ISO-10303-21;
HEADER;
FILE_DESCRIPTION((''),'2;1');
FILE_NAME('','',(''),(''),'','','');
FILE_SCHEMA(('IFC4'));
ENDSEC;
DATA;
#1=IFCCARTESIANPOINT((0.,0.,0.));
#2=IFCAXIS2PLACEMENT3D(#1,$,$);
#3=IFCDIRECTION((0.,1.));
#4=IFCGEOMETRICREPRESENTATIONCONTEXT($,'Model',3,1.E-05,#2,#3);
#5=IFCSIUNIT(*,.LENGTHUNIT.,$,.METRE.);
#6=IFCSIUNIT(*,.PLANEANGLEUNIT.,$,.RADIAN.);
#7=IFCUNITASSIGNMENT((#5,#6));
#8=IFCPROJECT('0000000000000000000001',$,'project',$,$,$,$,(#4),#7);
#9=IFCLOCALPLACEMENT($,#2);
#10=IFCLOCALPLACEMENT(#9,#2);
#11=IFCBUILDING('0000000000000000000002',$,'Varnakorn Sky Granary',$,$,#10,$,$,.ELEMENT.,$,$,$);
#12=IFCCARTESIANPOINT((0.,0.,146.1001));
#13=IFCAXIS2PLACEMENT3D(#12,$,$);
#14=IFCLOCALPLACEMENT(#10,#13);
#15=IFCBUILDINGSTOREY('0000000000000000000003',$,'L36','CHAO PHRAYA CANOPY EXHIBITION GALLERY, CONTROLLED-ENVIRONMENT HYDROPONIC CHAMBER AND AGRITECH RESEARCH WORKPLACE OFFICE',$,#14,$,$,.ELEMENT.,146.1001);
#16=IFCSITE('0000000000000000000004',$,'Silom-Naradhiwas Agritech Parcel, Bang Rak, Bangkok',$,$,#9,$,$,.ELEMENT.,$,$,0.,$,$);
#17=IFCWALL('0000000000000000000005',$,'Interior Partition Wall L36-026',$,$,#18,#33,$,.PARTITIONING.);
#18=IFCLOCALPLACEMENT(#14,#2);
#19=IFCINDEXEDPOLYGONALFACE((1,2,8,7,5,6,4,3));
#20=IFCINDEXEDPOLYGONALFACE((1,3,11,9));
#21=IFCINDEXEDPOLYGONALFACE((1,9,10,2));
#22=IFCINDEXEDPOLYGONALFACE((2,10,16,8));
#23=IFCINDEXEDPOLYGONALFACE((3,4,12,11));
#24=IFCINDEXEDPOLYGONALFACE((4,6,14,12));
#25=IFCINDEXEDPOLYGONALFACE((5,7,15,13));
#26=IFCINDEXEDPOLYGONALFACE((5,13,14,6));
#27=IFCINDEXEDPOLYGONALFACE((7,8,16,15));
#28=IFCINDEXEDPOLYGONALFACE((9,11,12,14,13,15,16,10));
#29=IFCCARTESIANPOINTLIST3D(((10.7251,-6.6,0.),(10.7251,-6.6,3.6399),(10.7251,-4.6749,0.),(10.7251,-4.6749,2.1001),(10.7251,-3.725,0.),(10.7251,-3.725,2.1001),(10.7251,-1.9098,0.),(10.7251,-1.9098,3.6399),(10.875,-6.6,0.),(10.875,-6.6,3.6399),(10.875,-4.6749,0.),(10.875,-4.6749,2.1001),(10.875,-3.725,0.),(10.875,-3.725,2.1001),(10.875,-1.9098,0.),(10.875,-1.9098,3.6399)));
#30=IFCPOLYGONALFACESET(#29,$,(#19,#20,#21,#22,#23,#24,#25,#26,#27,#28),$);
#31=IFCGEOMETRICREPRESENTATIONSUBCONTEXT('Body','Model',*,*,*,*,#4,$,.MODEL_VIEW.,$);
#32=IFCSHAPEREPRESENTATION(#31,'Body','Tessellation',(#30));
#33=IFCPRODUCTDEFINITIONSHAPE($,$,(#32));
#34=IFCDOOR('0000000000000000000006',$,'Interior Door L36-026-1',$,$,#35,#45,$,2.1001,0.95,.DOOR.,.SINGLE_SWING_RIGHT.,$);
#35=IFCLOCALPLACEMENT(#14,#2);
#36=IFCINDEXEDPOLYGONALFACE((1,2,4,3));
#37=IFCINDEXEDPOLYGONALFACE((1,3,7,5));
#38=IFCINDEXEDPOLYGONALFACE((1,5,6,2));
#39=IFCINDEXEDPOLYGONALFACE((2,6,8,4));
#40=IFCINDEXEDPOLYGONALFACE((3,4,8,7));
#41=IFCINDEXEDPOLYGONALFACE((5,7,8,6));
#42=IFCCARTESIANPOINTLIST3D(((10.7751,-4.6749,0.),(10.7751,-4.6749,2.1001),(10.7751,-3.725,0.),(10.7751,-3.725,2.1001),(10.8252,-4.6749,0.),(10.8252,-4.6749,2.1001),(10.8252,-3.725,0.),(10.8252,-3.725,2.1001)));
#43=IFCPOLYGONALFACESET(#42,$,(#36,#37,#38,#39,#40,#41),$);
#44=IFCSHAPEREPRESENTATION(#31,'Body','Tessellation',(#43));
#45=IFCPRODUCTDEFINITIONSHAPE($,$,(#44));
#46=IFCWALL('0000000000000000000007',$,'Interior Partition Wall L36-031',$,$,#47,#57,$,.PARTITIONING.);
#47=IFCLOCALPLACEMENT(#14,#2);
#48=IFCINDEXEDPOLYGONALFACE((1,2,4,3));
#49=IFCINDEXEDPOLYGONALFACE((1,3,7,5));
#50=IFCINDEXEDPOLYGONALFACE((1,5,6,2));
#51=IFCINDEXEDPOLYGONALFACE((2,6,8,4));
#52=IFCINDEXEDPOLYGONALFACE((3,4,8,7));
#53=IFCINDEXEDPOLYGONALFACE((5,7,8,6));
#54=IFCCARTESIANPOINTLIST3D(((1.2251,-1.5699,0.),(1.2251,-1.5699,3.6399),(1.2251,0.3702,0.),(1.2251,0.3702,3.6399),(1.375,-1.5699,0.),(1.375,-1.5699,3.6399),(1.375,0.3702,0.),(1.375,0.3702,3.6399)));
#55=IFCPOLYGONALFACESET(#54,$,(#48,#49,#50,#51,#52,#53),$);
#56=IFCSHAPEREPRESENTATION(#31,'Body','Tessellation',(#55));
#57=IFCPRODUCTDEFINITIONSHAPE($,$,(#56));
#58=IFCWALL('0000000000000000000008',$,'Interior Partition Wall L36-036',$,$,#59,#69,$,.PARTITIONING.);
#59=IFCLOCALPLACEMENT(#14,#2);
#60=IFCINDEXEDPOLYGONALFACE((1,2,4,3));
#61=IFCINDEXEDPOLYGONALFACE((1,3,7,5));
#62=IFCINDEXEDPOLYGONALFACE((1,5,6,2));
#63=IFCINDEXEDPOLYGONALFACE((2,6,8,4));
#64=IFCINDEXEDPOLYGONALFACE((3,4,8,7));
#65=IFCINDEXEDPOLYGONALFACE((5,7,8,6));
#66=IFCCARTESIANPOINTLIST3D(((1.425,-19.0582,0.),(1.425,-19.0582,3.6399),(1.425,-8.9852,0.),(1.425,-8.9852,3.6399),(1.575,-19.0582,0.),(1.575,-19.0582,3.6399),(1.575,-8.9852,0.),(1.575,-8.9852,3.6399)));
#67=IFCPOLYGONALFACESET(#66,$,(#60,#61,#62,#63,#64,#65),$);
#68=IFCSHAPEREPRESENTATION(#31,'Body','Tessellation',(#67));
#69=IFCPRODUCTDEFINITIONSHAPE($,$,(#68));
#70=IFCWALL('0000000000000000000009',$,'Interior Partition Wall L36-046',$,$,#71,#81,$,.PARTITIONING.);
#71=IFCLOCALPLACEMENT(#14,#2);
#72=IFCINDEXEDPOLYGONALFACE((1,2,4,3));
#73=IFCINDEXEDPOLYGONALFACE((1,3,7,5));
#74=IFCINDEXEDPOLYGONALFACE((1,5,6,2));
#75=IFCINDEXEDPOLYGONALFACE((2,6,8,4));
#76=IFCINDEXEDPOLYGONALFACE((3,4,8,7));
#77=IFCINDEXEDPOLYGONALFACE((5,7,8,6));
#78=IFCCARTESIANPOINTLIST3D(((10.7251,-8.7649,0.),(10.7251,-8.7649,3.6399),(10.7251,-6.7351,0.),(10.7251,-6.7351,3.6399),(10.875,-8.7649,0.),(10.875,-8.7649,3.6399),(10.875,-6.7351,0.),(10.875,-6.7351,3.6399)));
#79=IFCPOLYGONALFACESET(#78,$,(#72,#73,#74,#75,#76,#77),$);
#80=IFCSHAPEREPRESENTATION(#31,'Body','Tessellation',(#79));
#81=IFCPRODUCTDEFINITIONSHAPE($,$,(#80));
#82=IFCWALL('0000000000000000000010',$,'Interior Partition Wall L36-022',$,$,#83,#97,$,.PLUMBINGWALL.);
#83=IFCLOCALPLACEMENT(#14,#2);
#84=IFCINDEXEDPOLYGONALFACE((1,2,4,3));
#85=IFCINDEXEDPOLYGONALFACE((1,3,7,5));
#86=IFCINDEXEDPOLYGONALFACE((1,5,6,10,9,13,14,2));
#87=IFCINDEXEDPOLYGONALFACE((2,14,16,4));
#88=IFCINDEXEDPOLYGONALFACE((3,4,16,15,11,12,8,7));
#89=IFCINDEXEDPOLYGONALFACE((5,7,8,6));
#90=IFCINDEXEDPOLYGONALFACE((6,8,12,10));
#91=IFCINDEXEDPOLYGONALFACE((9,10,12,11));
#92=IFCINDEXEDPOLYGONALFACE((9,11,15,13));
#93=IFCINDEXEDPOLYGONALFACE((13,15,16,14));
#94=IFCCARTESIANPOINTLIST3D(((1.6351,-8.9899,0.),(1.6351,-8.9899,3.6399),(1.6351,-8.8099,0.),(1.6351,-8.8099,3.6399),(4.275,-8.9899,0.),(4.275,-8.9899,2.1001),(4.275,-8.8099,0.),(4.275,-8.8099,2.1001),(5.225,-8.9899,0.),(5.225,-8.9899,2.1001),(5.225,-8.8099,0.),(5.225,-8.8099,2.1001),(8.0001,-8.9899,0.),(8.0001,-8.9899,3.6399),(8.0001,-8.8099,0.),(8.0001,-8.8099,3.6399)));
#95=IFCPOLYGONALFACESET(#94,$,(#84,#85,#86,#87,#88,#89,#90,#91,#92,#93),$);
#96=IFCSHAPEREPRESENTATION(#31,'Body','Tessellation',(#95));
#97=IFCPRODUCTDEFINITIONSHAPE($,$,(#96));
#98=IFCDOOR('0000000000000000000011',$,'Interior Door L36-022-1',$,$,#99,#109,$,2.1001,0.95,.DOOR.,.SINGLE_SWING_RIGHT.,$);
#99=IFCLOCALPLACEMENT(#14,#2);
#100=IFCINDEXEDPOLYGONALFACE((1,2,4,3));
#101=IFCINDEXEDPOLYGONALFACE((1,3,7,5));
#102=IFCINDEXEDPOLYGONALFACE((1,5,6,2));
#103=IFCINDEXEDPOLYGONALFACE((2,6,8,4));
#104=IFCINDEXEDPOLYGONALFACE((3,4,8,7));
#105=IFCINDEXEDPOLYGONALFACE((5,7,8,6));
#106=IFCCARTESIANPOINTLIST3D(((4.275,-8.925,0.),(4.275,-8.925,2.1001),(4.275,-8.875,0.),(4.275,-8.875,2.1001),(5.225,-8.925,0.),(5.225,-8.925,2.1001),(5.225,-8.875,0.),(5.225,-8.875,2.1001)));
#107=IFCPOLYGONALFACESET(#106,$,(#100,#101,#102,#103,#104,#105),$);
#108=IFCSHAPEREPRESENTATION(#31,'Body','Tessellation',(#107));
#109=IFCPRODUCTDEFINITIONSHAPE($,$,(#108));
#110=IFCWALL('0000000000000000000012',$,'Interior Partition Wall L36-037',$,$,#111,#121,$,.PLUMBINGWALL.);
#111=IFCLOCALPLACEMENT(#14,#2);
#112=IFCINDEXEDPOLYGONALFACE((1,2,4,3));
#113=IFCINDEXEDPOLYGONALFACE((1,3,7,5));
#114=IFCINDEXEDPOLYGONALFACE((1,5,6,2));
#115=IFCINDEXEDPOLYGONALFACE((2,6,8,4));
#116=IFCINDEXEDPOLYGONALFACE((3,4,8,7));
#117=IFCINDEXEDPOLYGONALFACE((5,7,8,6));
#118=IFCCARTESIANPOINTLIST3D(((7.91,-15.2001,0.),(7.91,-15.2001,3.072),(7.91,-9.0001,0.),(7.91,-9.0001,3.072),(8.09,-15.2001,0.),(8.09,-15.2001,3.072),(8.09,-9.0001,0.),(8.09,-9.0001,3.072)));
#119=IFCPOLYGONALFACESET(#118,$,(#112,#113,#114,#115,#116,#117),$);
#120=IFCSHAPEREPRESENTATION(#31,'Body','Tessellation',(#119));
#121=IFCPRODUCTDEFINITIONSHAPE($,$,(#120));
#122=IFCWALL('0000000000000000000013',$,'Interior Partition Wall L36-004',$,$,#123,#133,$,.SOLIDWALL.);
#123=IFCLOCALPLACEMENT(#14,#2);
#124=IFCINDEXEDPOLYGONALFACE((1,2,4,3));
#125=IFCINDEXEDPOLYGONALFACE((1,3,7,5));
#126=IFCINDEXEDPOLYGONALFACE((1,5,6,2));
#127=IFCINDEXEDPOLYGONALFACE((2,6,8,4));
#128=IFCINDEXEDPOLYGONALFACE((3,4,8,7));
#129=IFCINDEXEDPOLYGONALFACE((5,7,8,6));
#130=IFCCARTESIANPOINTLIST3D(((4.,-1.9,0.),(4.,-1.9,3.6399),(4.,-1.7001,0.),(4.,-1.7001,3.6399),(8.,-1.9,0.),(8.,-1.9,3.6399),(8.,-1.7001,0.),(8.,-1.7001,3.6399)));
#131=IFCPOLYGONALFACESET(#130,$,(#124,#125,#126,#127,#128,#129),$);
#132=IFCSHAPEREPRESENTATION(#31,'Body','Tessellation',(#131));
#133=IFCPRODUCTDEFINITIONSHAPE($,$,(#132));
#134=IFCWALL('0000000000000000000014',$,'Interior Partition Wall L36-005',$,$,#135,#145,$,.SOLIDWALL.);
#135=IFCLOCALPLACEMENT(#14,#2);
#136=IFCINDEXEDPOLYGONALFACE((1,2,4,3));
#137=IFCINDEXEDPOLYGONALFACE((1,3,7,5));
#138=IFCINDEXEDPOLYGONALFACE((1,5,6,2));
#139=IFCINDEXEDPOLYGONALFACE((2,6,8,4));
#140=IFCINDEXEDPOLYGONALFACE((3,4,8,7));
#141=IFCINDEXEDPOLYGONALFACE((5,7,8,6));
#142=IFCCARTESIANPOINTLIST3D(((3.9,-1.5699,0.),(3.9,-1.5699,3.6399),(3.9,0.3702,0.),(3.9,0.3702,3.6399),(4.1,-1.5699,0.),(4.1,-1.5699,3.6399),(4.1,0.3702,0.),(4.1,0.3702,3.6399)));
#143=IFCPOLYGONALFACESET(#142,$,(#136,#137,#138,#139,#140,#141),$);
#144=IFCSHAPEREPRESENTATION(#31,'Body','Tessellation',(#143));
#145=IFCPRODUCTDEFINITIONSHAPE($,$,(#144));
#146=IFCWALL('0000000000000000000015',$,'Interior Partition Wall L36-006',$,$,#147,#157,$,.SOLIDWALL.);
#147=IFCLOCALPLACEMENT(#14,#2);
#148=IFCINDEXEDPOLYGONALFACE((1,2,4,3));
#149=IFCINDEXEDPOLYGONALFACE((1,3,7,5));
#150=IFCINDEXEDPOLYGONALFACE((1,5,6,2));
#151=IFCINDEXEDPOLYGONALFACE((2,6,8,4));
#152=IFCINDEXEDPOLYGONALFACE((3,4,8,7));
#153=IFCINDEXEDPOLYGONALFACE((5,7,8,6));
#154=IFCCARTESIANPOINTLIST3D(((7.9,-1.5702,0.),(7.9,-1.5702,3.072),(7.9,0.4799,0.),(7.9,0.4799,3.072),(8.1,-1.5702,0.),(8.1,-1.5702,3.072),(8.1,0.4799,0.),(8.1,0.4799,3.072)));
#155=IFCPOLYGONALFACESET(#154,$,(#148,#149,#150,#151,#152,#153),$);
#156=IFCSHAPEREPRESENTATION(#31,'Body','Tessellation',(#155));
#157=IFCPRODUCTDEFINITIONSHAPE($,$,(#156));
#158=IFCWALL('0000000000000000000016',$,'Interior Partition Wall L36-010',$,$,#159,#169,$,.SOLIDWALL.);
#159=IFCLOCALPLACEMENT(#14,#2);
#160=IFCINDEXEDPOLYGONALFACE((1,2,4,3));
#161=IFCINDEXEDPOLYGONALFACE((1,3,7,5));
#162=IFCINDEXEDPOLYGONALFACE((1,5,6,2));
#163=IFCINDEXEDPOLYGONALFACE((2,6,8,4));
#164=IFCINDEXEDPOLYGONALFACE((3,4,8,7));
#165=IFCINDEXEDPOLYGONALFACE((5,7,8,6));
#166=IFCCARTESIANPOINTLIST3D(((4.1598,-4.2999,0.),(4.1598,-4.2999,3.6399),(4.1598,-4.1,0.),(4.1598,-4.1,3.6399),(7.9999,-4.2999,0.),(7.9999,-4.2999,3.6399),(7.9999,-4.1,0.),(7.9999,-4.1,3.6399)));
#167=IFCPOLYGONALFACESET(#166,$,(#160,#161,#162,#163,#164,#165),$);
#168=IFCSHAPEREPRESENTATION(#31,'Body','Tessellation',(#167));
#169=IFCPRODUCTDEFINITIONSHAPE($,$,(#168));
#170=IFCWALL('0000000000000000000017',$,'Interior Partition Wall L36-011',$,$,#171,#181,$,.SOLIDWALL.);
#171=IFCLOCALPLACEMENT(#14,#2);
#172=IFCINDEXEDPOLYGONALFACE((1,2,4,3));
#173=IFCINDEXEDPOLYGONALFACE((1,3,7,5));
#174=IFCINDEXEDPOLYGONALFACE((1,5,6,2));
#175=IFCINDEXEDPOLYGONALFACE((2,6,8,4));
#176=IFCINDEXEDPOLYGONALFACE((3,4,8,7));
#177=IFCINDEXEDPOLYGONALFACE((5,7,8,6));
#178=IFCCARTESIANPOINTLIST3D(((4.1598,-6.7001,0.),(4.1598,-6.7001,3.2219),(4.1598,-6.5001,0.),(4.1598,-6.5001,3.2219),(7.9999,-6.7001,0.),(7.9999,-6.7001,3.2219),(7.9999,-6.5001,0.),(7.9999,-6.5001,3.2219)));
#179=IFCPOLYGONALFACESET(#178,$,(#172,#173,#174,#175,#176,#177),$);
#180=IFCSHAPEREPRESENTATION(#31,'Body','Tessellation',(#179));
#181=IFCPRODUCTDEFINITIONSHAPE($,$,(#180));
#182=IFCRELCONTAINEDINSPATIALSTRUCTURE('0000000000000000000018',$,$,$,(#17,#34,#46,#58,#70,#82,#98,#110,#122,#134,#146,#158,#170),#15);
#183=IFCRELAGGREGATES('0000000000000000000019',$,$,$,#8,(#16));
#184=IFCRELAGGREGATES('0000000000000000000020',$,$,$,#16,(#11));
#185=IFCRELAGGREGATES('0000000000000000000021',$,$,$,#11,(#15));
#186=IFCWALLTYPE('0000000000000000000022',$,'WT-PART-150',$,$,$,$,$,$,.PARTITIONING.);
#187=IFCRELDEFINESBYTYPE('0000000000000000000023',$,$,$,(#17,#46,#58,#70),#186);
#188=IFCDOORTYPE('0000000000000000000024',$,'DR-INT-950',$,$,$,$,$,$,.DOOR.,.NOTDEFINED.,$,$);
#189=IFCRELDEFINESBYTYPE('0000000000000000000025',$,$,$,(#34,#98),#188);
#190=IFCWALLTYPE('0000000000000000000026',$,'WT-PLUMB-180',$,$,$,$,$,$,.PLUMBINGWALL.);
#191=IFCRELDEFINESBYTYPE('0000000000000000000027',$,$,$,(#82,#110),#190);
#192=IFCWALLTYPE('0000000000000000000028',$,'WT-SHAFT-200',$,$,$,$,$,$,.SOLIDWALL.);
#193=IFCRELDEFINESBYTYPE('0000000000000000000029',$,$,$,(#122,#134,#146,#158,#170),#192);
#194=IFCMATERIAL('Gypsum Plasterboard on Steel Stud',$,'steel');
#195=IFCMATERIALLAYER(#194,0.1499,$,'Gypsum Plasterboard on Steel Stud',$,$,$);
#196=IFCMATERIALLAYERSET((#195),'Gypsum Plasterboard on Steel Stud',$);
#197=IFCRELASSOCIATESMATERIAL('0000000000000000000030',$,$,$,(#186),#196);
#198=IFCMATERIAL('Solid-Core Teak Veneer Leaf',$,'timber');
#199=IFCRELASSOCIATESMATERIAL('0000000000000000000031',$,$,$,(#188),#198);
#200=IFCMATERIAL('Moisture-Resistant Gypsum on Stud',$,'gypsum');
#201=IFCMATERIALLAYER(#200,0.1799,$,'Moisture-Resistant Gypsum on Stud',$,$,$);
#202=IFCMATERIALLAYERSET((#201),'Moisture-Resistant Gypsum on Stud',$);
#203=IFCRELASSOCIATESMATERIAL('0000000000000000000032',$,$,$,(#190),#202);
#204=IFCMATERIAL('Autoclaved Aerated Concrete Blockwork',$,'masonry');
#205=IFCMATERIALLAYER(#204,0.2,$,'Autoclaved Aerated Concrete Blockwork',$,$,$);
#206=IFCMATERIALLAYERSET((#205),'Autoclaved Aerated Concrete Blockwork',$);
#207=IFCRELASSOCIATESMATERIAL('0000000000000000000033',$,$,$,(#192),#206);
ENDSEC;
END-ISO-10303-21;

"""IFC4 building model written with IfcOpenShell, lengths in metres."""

from ifc_helpers import new_model, si_unit, direction, frame, frame_2d, origin, place, context, subcontext, project, spatial, rectangle, extrude, material, layer, layer_set, type_object, element, fill, save


model = new_model("IFC4")

# Units and contexts
model_context = context("Model", 3, precision=1e-05, world=origin(), true_north=direction((0.0, 1.0)))
body_context = subcontext(model_context, "Body", "Model", "MODEL_VIEW")
ifc_project = project(units=[si_unit("LENGTHUNIT", "METRE"), si_unit("PLANEANGLEUNIT", "RADIAN")], contexts=[model_context])

# Site, building, storey
site_placement = place(None, origin())
site = spatial("IfcSite", under=ifc_project, at=site_placement, Name="Silom-Naradhiwas Agritech Parcel, Bang Rak, Bangkok", CompositionType="ELEMENT", RefElevation=0.0)
building_placement = place(site_placement, origin())
building = spatial("IfcBuilding", under=site, at=building_placement, Name="Varnakorn Sky Granary", CompositionType="ELEMENT")
storey_placement = place(building_placement, frame((0.0, 0.0, 146.1001)))
storey = spatial("IfcBuildingStorey", under=building, at=storey_placement, Name="L36", Description="CHAO PHRAYA CANOPY EXHIBITION GALLERY, CONTROLLED-ENVIRONMENT HYDROPONIC CHAMBER AND AGRITECH RESEARCH WORKPLACE OFFICE", CompositionType="ELEMENT", Elevation=146.1001)

# Wall, opening, door
ifc_material_1 = material(Name="Autoclaved Aerated Concrete Blockwork", Category="masonry")
ifc_material_2 = material(Name="Gypsum Plasterboard on Steel Stud", Category="steel")
ifc_layer_1 = layer(ifc_material_2, 0.1499, Name="Gypsum Plasterboard on Steel Stud")
ifc_layer_set_1 = layer_set([ifc_layer_1], Name="Gypsum Plasterboard on Steel Stud")
wall_type_1 = type_object("IfcWallType", Name="WT-PART-150", PredefinedType="PARTITIONING", material=ifc_layer_set_1)
wall_1_placement = place(storey_placement, frame((10.8, -6.6001, 0.0), z_axis=(0.0, 0.0, 1.0), x_axis=(0.0, 1.0, 0.0)))
wall_1 = element("IfcWall", 1, at=wall_1_placement, inside=storey, type_object=wall_type_1, Name="Interior Partition Wall L36-026", PredefinedType="PARTITIONING", context=body_context, shape_type="SweptSolid", body=[
    extrude(rectangle(XDim=4.6902, YDim=0.1499, at=frame_2d((2.3452, 0.0))), origin(), (0.0, 0.0, 1.0), 3.6399),
])
opening_1_placement = place(wall_1_placement, frame((1.925, 0.0, 0.0)))
opening_1 = element("IfcOpeningElement", 2, at=opening_1_placement, cuts=wall_1, PredefinedType="OPENING", context=body_context, shape_type="SweptSolid", body=[
    extrude(rectangle(XDim=0.95, YDim=2.1001, at=frame_2d((0.4751, 1.05))), frame((0.0, 0.085, 0.0), z_axis=(0.0, -1.0, 0.0), x_axis=(1.0, 0.0, 0.0)), (0.0, 0.0, 1.0), 0.1699),
])
ifc_material_3 = material(Name="Solid-Core Teak Veneer Leaf", Category="timber")
door_type_1 = type_object("IfcDoorType", Name="DR-INT-950", OperationType="NOTDEFINED", PredefinedType="DOOR", material=ifc_material_3)
door_1_placement = place(opening_1_placement, origin())
door_1 = element("IfcDoor", 3, at=door_1_placement, inside=storey, type_object=door_type_1, Name="Interior Door L36-026-1", OperationType="SINGLE_SWING_RIGHT", OverallHeight=2.1001, OverallWidth=0.95, PredefinedType="DOOR", context=body_context, shape_type="SweptSolid", body=[
    extrude(rectangle(XDim=0.95, YDim=2.1001, at=frame_2d((0.4751, 1.05))), frame((0.0, 0.0249, 0.0), z_axis=(0.0, -1.0, 0.0), x_axis=(1.0, 0.0, 0.0)), (0.0, 0.0, 1.0), 0.05),
])
fill(opening_1, door_1)

# Walls
wall_2_placement = place(storey_placement, frame((1.3, -1.5701, 0.0), z_axis=(0.0, 0.0, 1.0), x_axis=(0.0, 1.0, 0.0)))
element("IfcWall", 4, at=wall_2_placement, inside=storey, type_object=wall_type_1, Name="Interior Partition Wall L36-031", PredefinedType="PARTITIONING", context=body_context, shape_type="SweptSolid", body=[
    extrude(rectangle(XDim=1.9402, YDim=0.1499, at=frame_2d((0.9702, 0.0))), origin(), (0.0, 0.0, 1.0), 3.6399),
])
wall_3_placement = place(storey_placement, frame((1.5, -8.9851, 0.0), z_axis=(0.0, 0.0, 1.0), x_axis=(0.0, -1.0, 0.0)))
element("IfcWall", 5, at=wall_3_placement, inside=storey, type_object=wall_type_1, Name="Interior Partition Wall L36-036", PredefinedType="PARTITIONING", context=body_context, shape_type="SweptSolid", body=[
    extrude(rectangle(XDim=10.073, YDim=0.1499, at=frame_2d((5.0366, 0.0))), origin(), (0.0, 0.0, 1.0), 3.6399),
])
wall_4_placement = place(storey_placement, frame((10.8, -8.7649, 0.0), z_axis=(0.0, 0.0, 1.0), x_axis=(0.0, 1.0, 0.0)))
element("IfcWall", 6, at=wall_4_placement, inside=storey, type_object=wall_type_1, Name="Interior Partition Wall L36-046", PredefinedType="PARTITIONING", context=body_context, shape_type="SweptSolid", body=[
    extrude(rectangle(XDim=2.0298, YDim=0.1499, at=frame_2d((1.0149, 0.0))), origin(), (0.0, 0.0, 1.0), 3.6399),
])

# Wall, opening, door
ifc_material_4 = material(Name="Moisture-Resistant Gypsum on Stud", Category="gypsum")
ifc_layer_2 = layer(ifc_material_4, 0.1799, Name="Moisture-Resistant Gypsum on Stud")
ifc_layer_set_2 = layer_set([ifc_layer_2], Name="Moisture-Resistant Gypsum on Stud")
wall_type_2 = type_object("IfcWallType", Name="WT-PLUMB-180", PredefinedType="PLUMBINGWALL", material=ifc_layer_set_2)
wall_5_placement = place(storey_placement, frame((1.635, -8.8999, 0.0), z_axis=(0.0, 0.0, 1.0), x_axis=(1.0, 0.0, 0.0)))
wall_5 = element("IfcWall", 7, at=wall_5_placement, inside=storey, type_object=wall_type_2, Name="Interior Partition Wall L36-022", PredefinedType="PLUMBINGWALL", context=body_context, shape_type="SweptSolid", body=[
    extrude(rectangle(XDim=6.365, YDim=0.1799, at=frame_2d((3.1826, 0.0))), origin(), (0.0, 0.0, 1.0), 3.6399),
])
opening_2_placement = place(wall_5_placement, frame((2.6399, 0.0, 0.0)))
opening_2 = element("IfcOpeningElement", 8, at=opening_2_placement, cuts=wall_5, PredefinedType="OPENING", context=body_context, shape_type="SweptSolid", body=[
    extrude(rectangle(XDim=0.95, YDim=2.1001, at=frame_2d((0.4751, 1.05))), frame((0.0, 0.1001, 0.0), z_axis=(0.0, -1.0, 0.0), x_axis=(1.0, 0.0, 0.0)), (0.0, 0.0, 1.0), 0.2),
])
door_2_placement = place(opening_2_placement, origin())
door_2 = element("IfcDoor", 9, at=door_2_placement, inside=storey, type_object=door_type_1, Name="Interior Door L36-022-1", OperationType="SINGLE_SWING_RIGHT", OverallHeight=2.1001, OverallWidth=0.95, PredefinedType="DOOR", context=body_context, shape_type="SweptSolid", body=[
    extrude(rectangle(XDim=0.95, YDim=2.1001, at=frame_2d((0.4751, 1.05))), frame((0.0, 0.0249, 0.0), z_axis=(0.0, -1.0, 0.0), x_axis=(1.0, 0.0, 0.0)), (0.0, 0.0, 1.0), 0.05),
])
fill(opening_2, door_2)

# Walls
wall_6_placement = place(storey_placement, frame((8.0, -9.0, 0.0), z_axis=(0.0, 0.0, 1.0), x_axis=(0.0, -1.0, 0.0)))
element("IfcWall", 10, at=wall_6_placement, inside=storey, type_object=wall_type_2, Name="Interior Partition Wall L36-037", PredefinedType="PLUMBINGWALL", context=body_context, shape_type="SweptSolid", body=[
    extrude(rectangle(XDim=6.2, YDim=0.1799, at=frame_2d((3.1001, 0.0))), origin(), (0.0, 0.0, 1.0), 3.072),
])
ifc_layer_3 = layer(ifc_material_1, 0.2, Name="Autoclaved Aerated Concrete Blockwork")
ifc_layer_set_3 = layer_set([ifc_layer_3], Name="Autoclaved Aerated Concrete Blockwork")
wall_type_3 = type_object("IfcWallType", Name="WT-SHAFT-200", PredefinedType="SOLIDWALL", material=ifc_layer_set_3)
wall_7_placement = place(storey_placement, frame((4.0, -1.8, 0.0), z_axis=(0.0, 0.0, 1.0), x_axis=(1.0, 0.0, 0.0)))
element("IfcWall", 11, at=wall_7_placement, inside=storey, type_object=wall_type_3, Name="Interior Partition Wall L36-004", PredefinedType="SOLIDWALL", context=body_context, shape_type="SweptSolid", body=[
    extrude(rectangle(XDim=4.0, YDim=0.2, at=frame_2d((2.0, 0.0))), origin(), (0.0, 0.0, 1.0), 3.6399),
])
wall_8_placement = place(storey_placement, frame((4.0, -1.5701, 0.0), z_axis=(0.0, 0.0, 1.0), x_axis=(0.0, 1.0, 0.0)))
element("IfcWall", 12, at=wall_8_placement, inside=storey, type_object=wall_type_3, Name="Interior Partition Wall L36-005", PredefinedType="SOLIDWALL", context=body_context, shape_type="SweptSolid", body=[
    extrude(rectangle(XDim=1.9402, YDim=0.2, at=frame_2d((0.9702, 0.0))), origin(), (0.0, 0.0, 1.0), 3.6399),
])
wall_9_placement = place(storey_placement, frame((8.0, -1.5701, 0.0), z_axis=(0.0, 0.0, 1.0), x_axis=(0.0, 1.0, 0.0)))
element("IfcWall", 13, at=wall_9_placement, inside=storey, type_object=wall_type_3, Name="Interior Partition Wall L36-006", PredefinedType="SOLIDWALL", context=body_context, shape_type="SweptSolid", body=[
    extrude(rectangle(XDim=2.05, YDim=0.2, at=frame_2d((1.0249, 0.0))), origin(), (0.0, 0.0, 1.0), 3.072),
])
wall_10_placement = place(storey_placement, frame((4.1599, -4.2, 0.0), z_axis=(0.0, 0.0, 1.0), x_axis=(1.0, 0.0, 0.0)))
element("IfcWall", 14, at=wall_10_placement, inside=storey, type_object=wall_type_3, Name="Interior Partition Wall L36-010", PredefinedType="SOLIDWALL", context=body_context, shape_type="SweptSolid", body=[
    extrude(rectangle(XDim=3.8401, YDim=0.2, at=frame_2d((1.9199, 0.0))), origin(), (0.0, 0.0, 1.0), 3.6399),
])
wall_11_placement = place(storey_placement, frame((4.1599, -6.6001, 0.0), z_axis=(0.0, 0.0, 1.0), x_axis=(1.0, 0.0, 0.0)))
element("IfcWall", 15, at=wall_11_placement, inside=storey, type_object=wall_type_3, Name="Interior Partition Wall L36-011", PredefinedType="SOLIDWALL", context=body_context, shape_type="SweptSolid", body=[
    extrude(rectangle(XDim=3.8401, YDim=0.2, at=frame_2d((1.9199, 0.0))), origin(), (0.0, 0.0, 1.0), 3.2219),
])

save(model, "model.ifc")
